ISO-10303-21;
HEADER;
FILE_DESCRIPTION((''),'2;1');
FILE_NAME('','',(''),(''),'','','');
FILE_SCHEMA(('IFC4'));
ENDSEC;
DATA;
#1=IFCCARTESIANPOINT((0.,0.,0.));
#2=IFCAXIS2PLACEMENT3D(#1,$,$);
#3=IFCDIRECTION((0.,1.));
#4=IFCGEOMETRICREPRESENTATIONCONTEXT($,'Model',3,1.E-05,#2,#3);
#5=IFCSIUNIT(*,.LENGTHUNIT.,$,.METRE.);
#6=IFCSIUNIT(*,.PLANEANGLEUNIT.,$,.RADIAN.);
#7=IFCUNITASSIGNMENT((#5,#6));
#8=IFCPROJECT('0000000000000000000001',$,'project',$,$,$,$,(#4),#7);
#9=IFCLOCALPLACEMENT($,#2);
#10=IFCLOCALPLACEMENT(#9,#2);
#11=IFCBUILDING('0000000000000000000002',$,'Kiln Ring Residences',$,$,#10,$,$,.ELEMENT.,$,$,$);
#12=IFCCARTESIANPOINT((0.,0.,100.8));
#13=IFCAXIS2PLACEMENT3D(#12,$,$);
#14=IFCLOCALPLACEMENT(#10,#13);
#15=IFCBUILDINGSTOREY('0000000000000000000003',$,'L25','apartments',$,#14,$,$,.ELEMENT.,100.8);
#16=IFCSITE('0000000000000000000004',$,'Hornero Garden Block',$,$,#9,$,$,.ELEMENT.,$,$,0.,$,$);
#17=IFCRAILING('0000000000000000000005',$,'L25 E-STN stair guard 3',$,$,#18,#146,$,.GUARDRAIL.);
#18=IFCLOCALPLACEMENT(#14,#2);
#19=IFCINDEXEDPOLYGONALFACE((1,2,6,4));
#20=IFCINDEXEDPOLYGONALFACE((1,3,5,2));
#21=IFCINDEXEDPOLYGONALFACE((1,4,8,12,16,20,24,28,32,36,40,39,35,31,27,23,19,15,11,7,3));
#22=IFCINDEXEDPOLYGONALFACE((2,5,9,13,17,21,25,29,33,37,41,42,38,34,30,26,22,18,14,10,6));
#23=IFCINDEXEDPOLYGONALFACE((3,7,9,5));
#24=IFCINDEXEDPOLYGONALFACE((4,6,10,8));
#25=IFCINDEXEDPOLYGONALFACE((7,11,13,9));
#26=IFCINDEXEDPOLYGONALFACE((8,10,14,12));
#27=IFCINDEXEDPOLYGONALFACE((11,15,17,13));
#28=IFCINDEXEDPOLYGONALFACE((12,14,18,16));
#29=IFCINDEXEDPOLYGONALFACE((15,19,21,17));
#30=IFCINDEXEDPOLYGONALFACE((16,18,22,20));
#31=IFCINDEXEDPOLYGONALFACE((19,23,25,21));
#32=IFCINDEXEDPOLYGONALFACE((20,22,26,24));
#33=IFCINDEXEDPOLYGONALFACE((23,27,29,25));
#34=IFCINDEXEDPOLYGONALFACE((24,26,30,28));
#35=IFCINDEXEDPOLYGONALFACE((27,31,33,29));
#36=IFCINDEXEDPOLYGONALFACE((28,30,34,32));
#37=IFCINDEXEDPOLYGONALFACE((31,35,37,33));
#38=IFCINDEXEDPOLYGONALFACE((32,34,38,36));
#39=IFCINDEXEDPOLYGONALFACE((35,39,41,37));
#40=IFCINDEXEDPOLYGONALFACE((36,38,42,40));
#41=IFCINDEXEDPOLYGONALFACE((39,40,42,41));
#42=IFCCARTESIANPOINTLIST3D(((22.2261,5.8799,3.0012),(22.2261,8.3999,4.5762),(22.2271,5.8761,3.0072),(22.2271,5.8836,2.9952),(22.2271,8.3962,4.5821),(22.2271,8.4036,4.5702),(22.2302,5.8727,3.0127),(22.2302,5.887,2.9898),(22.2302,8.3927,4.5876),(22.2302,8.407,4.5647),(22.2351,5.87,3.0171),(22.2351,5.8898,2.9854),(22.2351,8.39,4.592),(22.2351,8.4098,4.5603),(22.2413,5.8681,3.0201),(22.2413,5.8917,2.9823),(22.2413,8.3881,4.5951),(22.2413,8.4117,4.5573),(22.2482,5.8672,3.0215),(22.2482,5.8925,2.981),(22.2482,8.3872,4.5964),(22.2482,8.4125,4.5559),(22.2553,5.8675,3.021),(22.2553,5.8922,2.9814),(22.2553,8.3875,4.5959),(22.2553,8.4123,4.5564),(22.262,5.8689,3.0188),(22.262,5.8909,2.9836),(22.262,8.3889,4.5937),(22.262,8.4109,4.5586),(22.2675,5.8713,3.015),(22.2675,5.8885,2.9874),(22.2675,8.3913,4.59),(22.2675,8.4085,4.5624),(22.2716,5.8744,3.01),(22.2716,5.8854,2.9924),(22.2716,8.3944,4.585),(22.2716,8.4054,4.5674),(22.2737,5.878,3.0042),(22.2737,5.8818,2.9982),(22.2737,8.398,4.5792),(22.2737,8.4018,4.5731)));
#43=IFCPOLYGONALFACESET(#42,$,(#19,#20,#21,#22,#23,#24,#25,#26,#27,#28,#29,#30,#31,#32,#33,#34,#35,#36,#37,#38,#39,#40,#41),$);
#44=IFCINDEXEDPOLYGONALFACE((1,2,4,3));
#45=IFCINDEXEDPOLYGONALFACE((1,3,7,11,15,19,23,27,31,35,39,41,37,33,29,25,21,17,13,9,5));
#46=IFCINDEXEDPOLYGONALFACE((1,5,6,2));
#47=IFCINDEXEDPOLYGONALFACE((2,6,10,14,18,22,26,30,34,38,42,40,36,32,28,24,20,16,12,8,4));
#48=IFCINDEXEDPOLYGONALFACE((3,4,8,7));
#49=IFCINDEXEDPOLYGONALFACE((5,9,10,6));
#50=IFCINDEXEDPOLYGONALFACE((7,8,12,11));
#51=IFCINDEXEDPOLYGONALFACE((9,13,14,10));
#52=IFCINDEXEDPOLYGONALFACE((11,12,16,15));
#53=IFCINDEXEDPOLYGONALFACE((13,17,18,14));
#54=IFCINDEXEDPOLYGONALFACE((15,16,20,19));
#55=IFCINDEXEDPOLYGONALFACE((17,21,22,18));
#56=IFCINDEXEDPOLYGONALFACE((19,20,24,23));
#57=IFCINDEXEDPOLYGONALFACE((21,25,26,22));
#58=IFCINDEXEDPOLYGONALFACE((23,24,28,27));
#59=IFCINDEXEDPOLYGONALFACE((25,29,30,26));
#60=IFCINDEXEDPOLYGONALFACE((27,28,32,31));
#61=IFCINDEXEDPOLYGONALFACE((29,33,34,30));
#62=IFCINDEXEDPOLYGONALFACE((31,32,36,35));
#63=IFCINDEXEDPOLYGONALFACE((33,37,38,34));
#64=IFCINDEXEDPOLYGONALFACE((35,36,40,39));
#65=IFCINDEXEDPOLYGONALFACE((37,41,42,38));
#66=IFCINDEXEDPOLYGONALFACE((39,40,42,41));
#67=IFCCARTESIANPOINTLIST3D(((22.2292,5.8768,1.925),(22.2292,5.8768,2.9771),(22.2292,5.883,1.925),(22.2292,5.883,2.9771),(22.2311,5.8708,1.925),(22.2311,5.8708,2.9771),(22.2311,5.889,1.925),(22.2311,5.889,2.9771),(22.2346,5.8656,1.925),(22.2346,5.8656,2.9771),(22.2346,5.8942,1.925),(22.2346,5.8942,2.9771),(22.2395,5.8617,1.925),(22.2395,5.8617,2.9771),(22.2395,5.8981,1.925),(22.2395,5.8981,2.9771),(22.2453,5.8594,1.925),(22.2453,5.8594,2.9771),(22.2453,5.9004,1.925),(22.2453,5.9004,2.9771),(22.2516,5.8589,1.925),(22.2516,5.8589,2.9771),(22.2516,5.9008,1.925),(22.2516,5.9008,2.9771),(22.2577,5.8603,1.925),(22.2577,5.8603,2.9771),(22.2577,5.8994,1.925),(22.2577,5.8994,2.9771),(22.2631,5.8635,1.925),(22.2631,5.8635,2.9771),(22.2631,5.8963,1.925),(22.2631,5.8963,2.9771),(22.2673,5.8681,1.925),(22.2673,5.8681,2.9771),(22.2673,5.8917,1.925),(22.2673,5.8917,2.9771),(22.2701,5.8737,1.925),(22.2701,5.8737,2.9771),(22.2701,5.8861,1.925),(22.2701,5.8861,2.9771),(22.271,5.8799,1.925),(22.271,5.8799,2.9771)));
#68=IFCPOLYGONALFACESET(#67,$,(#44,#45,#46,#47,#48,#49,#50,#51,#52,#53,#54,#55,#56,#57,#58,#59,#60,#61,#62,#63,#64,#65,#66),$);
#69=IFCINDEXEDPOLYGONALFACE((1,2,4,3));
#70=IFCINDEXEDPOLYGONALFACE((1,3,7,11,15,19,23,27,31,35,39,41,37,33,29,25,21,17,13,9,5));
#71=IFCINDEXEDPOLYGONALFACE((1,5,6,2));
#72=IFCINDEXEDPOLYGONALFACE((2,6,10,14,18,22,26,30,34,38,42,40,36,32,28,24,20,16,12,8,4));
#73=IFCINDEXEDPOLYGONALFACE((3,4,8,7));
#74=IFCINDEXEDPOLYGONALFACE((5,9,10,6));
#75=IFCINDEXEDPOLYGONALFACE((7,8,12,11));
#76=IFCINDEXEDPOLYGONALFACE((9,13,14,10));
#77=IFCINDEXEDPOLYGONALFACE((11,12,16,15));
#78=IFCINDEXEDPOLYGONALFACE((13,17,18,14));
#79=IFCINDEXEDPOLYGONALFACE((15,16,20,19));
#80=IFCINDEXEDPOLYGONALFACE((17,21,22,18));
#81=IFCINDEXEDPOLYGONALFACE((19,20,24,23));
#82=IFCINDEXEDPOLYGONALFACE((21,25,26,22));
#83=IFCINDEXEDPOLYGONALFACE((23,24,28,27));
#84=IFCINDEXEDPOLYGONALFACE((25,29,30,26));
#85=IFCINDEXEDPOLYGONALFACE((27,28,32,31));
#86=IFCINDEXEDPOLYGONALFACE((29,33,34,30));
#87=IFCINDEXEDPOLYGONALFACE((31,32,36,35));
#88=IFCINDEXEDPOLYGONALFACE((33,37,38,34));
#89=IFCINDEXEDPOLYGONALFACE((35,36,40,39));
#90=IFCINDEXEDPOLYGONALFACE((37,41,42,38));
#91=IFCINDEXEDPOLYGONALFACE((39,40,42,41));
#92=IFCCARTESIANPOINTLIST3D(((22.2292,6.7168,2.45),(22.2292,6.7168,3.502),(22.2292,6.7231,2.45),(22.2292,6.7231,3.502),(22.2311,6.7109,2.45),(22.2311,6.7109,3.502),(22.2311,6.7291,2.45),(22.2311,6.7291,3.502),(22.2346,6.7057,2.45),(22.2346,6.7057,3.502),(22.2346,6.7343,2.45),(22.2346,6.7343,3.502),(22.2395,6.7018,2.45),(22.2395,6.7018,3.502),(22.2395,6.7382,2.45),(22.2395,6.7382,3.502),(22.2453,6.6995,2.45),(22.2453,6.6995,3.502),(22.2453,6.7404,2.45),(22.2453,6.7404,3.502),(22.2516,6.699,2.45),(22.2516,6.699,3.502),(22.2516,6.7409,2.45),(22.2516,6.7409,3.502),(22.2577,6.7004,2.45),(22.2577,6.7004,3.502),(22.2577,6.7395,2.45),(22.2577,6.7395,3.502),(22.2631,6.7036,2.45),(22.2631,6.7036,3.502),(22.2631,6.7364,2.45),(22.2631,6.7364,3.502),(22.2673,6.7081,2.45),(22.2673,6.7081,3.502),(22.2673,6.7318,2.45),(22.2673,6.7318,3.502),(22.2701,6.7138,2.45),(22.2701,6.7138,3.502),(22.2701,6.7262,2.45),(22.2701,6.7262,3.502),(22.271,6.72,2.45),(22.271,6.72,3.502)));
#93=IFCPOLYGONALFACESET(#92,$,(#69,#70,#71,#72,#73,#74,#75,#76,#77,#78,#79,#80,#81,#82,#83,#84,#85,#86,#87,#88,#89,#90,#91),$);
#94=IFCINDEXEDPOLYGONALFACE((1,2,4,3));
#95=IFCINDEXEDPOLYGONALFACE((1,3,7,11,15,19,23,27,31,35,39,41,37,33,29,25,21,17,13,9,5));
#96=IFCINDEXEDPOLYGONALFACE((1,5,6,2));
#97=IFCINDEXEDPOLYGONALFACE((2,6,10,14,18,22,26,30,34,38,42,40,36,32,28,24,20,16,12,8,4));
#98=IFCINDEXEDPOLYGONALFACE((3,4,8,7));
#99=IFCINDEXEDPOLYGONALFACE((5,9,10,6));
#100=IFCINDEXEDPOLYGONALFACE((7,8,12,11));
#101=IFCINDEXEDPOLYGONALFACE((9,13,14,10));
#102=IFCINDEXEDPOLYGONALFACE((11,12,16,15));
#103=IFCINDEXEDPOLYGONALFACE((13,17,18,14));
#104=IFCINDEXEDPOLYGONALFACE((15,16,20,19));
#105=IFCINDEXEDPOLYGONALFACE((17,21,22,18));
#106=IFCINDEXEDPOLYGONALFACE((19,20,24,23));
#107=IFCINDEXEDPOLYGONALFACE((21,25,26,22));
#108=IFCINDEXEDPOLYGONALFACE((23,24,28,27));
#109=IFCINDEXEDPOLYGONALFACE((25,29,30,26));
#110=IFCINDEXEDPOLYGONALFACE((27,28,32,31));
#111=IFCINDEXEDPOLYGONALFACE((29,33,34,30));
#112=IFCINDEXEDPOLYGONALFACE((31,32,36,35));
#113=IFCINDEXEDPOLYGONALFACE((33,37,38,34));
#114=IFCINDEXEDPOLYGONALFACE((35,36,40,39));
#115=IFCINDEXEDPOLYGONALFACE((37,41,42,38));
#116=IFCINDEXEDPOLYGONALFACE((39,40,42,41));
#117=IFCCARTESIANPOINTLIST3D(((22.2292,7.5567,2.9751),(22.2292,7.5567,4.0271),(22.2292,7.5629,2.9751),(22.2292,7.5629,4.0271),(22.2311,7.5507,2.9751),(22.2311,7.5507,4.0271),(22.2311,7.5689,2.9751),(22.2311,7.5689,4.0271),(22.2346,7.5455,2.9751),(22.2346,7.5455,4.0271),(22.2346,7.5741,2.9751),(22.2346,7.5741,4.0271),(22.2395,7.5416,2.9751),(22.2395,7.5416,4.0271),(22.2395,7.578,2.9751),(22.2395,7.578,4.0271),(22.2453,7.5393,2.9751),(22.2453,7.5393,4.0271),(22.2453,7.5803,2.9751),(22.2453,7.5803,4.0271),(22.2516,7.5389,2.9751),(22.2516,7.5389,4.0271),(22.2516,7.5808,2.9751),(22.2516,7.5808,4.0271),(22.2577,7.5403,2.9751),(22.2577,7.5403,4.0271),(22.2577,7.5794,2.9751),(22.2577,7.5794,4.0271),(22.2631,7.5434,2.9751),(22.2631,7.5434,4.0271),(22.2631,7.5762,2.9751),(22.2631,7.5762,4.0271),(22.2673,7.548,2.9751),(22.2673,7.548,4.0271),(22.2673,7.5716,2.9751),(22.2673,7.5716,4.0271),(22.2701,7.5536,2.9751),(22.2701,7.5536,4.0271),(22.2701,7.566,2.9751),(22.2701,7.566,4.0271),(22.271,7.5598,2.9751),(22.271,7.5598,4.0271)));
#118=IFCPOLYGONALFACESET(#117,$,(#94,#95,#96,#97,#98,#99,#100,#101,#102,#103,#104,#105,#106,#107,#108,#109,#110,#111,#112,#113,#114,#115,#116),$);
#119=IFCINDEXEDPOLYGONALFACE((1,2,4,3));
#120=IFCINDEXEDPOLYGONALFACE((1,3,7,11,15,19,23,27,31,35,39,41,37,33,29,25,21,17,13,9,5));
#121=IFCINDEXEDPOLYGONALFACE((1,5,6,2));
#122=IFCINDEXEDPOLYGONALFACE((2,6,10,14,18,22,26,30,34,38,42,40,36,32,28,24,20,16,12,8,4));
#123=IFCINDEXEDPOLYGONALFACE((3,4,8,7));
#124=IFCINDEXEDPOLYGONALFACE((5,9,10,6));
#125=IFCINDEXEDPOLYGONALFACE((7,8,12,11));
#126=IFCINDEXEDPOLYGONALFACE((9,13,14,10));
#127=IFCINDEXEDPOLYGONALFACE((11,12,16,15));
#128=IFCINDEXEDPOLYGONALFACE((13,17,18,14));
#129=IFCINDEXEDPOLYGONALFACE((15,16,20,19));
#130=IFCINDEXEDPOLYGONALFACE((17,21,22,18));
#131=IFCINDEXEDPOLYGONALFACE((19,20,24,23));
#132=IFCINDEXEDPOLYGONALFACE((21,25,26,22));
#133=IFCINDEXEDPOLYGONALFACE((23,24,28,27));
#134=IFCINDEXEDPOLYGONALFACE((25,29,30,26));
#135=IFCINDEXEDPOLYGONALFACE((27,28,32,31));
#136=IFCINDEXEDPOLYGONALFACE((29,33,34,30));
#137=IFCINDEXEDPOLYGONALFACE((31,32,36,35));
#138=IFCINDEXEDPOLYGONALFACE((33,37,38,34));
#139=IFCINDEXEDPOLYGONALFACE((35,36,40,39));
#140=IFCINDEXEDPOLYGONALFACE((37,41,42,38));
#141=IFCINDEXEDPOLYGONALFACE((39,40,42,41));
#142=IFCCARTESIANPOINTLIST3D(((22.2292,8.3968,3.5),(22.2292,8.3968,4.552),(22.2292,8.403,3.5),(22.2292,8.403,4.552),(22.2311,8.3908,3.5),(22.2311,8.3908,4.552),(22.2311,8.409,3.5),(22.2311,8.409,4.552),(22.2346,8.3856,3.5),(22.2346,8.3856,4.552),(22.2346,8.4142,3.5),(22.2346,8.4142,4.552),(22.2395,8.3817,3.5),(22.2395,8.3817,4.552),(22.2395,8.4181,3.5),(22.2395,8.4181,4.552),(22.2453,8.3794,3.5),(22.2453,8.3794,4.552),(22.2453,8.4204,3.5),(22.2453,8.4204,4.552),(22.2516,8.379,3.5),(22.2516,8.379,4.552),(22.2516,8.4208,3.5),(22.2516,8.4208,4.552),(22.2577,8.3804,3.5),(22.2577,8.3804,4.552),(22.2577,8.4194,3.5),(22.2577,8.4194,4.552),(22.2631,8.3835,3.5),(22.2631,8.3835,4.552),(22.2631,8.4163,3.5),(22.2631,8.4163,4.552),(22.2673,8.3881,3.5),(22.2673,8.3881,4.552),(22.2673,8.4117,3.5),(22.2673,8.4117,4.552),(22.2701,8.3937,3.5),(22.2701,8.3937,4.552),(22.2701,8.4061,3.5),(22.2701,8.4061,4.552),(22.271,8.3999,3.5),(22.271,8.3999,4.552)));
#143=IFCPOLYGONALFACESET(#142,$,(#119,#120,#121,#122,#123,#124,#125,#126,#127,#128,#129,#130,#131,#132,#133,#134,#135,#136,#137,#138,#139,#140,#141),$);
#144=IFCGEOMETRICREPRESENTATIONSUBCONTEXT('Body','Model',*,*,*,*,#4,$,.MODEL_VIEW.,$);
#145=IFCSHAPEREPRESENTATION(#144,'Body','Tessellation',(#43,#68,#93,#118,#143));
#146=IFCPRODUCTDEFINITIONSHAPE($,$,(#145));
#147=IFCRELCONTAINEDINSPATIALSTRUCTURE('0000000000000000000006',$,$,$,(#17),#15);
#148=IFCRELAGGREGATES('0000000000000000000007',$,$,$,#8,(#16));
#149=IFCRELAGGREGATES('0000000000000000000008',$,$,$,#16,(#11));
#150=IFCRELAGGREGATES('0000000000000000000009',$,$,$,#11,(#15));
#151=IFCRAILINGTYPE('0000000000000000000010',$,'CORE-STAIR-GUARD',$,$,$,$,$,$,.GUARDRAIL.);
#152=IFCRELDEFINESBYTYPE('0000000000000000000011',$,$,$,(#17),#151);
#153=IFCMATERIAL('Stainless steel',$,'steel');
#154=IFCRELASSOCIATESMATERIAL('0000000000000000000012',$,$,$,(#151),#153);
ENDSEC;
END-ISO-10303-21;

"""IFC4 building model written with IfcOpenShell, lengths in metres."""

from ifc_helpers import new_model, si_unit, direction, frame, origin, origin_2d, place, context, subcontext, project, spatial, circle, extrude, material, type_object, element, save


model = new_model("IFC4")

# Units and contexts
model_context = context("Model", 3, precision=1e-05, world=origin(), true_north=direction((0.0, 1.0)))
body_context = subcontext(model_context, "Body", "Model", "MODEL_VIEW")
ifc_project = project(units=[si_unit("LENGTHUNIT", "METRE"), si_unit("PLANEANGLEUNIT", "RADIAN")], contexts=[model_context])

# Site, building, storey
site_placement = place(None, origin())
site = spatial("IfcSite", under=ifc_project, at=site_placement, Name="Hornero Garden Block", CompositionType="ELEMENT", RefElevation=0.0)
building_placement = place(site_placement, origin())
building = spatial("IfcBuilding", under=site, at=building_placement, Name="Kiln Ring Residences", CompositionType="ELEMENT")
storey_placement = place(building_placement, frame((0.0, 0.0, 100.8)))
storey = spatial("IfcBuildingStorey", under=building, at=storey_placement, Name="L25", Description="apartments", CompositionType="ELEMENT", Elevation=100.8)

# Railing
ifc_material_1 = material(Name="Stainless steel", Category="steel")
railing_type_1 = type_object("IfcRailingType", Name="CORE-STAIR-GUARD", PredefinedType="GUARDRAIL", material=ifc_material_1)
railing_1_placement = place(storey_placement, frame((22.25, 5.8799, 1.925)))
element("IfcRailing", 1, at=railing_1_placement, inside=storey, type_object=railing_type_1, Name="L25 E-STN stair guard 3", PredefinedType="GUARDRAIL", context=body_context, shape_type="SweptSolid", body=[
    extrude(circle(Radius=0.0239, at=origin_2d()), frame((0.0, 0.0, 1.0762), z_axis=(0.0, 0.848008, 0.529984), x_axis=(-1.0, 0.0, 0.0)), (0.0, 0.0, 1.0), 2.9717),
    extrude(circle(Radius=0.021, at=origin_2d()), origin(), (0.0, 0.0, 1.0), 1.052),
    extrude(circle(Radius=0.021, at=origin_2d()), frame((0.0, 0.8401, 0.5249)), (0.0, 0.0, 1.0), 1.052),
    extrude(circle(Radius=0.021, at=origin_2d()), frame((0.0, 1.6799, 1.05)), (0.0, 0.0, 1.0), 1.052),
    extrude(circle(Radius=0.021, at=origin_2d()), frame((0.0, 2.52, 1.575)), (0.0, 0.0, 1.0), 1.052),
])

save(model, "model.ifc")
